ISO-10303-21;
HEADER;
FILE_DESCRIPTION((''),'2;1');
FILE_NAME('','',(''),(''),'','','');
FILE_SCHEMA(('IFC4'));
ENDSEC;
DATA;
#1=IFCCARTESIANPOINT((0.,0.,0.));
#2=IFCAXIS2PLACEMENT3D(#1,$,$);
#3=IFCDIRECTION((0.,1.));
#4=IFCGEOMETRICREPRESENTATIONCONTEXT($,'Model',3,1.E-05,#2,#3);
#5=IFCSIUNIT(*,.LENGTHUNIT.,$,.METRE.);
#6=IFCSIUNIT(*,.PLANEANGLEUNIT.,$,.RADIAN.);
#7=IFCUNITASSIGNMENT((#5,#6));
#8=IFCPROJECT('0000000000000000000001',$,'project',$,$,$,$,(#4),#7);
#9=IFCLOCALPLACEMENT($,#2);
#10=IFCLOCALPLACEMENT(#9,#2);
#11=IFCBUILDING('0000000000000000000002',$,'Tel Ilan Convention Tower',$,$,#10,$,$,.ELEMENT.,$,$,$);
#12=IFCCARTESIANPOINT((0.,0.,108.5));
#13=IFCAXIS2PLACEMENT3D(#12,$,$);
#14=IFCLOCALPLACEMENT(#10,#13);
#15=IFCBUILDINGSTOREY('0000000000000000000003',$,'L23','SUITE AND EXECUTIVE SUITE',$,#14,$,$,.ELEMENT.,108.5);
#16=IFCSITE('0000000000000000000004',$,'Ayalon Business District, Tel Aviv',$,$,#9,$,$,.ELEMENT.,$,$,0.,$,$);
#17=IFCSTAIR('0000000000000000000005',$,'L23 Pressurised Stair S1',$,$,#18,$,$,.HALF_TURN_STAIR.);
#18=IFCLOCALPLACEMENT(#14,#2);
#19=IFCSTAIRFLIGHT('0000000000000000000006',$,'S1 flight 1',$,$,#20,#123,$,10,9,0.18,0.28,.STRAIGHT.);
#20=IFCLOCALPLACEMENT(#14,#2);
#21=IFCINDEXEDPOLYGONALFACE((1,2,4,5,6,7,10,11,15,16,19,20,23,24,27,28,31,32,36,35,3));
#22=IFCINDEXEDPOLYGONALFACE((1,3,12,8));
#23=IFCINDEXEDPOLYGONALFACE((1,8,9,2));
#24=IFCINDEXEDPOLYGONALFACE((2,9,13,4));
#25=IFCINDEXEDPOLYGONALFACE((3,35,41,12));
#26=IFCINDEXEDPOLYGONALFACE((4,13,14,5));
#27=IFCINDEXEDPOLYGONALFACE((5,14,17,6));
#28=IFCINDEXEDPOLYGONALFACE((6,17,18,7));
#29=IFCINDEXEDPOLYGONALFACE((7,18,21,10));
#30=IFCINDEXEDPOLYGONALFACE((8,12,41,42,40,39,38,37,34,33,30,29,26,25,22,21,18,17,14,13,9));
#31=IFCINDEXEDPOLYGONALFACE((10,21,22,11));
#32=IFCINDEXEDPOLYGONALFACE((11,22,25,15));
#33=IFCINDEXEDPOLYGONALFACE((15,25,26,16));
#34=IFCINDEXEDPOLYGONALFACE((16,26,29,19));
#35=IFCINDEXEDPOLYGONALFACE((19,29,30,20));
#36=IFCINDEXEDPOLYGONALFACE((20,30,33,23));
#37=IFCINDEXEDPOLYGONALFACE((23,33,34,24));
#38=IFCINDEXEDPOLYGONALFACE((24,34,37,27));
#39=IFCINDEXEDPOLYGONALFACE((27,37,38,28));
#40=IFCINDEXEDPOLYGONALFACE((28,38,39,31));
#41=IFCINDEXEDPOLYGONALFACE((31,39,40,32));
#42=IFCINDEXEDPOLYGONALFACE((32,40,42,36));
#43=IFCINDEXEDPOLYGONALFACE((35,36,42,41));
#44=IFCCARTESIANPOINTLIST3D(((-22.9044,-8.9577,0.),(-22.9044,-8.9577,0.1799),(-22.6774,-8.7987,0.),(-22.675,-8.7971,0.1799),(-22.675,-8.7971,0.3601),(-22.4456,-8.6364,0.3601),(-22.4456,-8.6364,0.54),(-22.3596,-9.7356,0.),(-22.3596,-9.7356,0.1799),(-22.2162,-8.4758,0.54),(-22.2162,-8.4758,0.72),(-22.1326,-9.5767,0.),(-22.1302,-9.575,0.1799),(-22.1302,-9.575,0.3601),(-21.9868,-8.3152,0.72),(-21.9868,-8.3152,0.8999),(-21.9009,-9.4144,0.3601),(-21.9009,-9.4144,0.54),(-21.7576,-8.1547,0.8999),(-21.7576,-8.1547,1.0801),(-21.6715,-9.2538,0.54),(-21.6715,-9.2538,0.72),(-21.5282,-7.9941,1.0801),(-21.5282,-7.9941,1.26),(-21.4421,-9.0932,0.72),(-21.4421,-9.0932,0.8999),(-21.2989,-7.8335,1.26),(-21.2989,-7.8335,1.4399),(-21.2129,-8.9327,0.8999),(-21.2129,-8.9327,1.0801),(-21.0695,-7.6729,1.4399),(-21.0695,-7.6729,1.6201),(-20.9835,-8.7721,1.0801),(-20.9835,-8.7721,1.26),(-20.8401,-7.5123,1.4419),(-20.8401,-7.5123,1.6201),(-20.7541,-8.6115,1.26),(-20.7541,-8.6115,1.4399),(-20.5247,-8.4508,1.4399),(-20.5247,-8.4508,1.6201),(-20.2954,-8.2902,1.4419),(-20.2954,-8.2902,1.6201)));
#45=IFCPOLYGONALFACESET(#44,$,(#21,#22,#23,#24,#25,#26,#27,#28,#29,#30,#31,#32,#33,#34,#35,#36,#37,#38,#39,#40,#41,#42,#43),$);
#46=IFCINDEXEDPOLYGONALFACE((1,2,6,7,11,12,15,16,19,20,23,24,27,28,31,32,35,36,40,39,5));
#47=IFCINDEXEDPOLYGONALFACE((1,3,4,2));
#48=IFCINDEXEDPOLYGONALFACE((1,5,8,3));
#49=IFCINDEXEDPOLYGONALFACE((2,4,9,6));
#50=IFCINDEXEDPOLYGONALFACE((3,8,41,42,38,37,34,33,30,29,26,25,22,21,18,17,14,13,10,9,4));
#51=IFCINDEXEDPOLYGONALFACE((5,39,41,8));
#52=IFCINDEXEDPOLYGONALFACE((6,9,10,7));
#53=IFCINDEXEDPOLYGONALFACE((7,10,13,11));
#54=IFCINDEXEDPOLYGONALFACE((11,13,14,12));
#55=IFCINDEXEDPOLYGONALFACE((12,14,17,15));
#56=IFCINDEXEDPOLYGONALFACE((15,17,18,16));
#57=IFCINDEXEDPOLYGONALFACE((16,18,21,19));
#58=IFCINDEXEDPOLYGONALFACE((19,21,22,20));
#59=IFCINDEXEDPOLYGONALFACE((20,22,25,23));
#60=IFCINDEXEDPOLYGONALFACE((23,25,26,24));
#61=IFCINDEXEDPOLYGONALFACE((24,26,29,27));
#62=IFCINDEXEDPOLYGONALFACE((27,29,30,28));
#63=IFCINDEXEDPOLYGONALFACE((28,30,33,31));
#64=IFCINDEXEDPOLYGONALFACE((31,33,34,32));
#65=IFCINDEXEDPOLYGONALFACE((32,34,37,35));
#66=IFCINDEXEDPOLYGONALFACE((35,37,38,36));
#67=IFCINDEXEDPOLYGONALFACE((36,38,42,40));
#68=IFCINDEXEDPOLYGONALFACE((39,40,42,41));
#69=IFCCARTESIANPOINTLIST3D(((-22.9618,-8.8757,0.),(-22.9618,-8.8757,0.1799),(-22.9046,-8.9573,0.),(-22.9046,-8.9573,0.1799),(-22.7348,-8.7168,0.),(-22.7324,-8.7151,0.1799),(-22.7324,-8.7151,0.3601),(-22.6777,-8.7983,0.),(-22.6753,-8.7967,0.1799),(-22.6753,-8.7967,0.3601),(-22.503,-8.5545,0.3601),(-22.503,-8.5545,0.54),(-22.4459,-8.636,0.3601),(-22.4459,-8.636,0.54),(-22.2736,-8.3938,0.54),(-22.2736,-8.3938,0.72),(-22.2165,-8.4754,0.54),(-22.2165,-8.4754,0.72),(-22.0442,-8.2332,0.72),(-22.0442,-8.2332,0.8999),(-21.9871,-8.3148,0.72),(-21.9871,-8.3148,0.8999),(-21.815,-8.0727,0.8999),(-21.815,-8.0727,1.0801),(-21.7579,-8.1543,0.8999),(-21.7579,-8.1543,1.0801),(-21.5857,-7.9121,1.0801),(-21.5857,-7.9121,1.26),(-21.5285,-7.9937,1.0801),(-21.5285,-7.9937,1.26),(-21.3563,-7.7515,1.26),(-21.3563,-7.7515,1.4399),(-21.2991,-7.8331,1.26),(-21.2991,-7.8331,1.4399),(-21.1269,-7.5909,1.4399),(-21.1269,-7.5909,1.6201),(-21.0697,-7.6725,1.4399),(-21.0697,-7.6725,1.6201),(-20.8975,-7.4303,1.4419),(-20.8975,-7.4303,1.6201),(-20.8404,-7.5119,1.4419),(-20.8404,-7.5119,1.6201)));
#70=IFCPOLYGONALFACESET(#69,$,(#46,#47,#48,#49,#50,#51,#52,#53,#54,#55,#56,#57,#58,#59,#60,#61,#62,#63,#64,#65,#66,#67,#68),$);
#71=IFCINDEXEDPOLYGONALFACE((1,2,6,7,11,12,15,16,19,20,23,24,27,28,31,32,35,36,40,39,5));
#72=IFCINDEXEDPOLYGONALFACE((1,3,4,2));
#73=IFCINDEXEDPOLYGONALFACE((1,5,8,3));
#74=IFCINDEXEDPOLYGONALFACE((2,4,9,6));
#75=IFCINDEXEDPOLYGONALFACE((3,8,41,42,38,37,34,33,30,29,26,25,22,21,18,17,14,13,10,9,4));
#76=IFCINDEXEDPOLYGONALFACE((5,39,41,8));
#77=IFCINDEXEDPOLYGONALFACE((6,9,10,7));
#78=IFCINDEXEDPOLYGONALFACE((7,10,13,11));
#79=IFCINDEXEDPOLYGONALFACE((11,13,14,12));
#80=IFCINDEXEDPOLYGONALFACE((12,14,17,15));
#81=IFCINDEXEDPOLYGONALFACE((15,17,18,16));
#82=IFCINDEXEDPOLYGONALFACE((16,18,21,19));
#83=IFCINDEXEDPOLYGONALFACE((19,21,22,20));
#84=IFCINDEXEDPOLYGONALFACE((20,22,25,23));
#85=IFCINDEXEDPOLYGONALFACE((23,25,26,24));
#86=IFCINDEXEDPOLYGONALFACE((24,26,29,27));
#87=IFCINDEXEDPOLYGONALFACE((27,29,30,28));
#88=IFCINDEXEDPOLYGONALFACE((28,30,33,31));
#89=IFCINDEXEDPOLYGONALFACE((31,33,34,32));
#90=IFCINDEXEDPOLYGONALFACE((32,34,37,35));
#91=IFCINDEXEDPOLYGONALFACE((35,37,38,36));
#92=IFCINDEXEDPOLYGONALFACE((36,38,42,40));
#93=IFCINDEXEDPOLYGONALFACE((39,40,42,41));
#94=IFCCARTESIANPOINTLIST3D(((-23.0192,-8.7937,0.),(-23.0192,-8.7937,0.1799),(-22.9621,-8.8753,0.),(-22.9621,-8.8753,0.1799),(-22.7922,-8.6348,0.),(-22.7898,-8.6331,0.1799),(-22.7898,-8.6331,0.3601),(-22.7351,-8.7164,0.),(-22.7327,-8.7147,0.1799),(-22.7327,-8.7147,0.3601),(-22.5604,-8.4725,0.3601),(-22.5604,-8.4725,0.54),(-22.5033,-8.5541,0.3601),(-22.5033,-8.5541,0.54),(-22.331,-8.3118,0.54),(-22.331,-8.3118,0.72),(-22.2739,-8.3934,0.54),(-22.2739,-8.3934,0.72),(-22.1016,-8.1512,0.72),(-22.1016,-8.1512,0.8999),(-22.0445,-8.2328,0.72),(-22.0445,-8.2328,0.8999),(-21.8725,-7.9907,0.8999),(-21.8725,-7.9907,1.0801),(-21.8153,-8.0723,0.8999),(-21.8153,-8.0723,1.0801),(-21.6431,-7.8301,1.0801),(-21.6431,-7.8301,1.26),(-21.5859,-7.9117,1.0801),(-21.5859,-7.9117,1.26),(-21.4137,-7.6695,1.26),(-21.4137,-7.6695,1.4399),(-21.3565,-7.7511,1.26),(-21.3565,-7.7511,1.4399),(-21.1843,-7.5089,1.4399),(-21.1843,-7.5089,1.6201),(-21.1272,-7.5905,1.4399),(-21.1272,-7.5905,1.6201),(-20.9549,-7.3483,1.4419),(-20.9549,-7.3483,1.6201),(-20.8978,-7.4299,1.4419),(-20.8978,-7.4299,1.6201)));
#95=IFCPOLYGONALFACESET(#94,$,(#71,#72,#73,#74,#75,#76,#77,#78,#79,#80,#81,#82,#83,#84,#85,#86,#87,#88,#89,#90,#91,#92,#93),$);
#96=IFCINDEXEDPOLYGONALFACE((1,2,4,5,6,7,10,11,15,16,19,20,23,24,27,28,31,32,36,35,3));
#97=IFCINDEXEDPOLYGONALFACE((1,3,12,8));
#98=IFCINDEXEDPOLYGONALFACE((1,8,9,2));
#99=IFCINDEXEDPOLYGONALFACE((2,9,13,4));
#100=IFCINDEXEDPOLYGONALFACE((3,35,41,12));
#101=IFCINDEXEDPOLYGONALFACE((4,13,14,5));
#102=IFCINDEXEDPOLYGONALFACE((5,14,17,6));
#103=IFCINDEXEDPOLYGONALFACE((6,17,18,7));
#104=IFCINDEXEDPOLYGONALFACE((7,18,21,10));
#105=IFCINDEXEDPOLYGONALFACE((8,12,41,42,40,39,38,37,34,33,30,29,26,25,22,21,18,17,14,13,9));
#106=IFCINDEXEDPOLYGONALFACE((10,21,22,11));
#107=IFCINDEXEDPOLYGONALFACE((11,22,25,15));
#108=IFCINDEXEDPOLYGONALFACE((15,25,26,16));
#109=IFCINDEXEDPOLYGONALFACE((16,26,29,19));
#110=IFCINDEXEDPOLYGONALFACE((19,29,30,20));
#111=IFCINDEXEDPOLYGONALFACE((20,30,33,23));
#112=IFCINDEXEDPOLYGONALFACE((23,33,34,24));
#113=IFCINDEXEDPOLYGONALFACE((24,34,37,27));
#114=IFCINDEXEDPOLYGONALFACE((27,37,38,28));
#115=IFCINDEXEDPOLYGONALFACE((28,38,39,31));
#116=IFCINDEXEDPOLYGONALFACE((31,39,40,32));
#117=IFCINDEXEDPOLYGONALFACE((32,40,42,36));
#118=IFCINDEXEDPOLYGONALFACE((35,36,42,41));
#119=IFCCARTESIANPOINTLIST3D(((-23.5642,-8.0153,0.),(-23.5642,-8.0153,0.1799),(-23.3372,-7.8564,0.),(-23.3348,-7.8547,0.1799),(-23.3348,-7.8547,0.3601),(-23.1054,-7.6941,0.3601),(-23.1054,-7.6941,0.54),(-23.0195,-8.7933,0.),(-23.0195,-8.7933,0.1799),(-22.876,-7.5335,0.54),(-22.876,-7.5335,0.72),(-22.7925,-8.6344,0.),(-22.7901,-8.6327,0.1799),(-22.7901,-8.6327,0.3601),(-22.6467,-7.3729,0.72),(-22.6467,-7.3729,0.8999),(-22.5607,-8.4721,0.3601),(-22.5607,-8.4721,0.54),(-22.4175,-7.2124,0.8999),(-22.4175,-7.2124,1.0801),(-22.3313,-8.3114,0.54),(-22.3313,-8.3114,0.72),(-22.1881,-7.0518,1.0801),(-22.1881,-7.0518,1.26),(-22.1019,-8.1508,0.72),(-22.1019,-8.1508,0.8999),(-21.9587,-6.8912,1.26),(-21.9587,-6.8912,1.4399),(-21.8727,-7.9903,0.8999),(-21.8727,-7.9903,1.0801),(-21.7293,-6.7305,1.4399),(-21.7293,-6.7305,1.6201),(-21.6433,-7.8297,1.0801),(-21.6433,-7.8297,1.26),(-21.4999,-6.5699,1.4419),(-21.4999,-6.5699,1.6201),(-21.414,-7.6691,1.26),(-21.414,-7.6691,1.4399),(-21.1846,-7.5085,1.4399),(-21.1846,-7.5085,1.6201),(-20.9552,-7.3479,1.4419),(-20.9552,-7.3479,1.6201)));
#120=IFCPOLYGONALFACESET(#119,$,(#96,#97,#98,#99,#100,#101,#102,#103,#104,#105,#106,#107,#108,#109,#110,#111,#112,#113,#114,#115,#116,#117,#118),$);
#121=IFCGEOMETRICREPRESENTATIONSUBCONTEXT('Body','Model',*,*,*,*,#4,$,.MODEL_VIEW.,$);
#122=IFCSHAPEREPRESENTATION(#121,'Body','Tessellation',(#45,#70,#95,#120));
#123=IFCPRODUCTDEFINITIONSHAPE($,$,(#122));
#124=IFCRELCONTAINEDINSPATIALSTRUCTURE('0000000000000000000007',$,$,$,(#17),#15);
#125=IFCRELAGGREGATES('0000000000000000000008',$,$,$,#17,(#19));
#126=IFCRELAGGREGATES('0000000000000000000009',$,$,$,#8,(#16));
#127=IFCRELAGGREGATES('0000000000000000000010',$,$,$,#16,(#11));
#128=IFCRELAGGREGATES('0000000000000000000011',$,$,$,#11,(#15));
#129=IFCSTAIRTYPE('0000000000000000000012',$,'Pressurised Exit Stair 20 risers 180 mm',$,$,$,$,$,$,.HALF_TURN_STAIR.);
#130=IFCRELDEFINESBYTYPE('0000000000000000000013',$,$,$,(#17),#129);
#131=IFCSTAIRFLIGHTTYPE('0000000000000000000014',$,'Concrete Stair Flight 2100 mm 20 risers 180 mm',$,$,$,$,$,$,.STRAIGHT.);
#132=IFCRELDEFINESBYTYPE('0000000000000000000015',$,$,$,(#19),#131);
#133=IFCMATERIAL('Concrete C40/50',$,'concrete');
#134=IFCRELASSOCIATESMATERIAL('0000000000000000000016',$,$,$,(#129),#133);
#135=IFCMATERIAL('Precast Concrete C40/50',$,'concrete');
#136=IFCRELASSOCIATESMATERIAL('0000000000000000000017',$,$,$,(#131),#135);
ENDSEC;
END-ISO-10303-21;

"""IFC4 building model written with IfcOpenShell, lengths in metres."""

from ifc_helpers import new_model, si_unit, direction, frame, origin, place, context, subcontext, project, spatial, polyline, outline, extrude, material, type_object, element, aggregate, save


model = new_model("IFC4")

# Units and contexts
model_context = context("Model", 3, precision=1e-05, world=origin(), true_north=direction((0.0, 1.0)))
body_context = subcontext(model_context, "Body", "Model", "MODEL_VIEW")
ifc_project = project(units=[si_unit("LENGTHUNIT", "METRE"), si_unit("PLANEANGLEUNIT", "RADIAN")], contexts=[model_context])

# Site, building, storey
site_placement = place(None, origin())
site = spatial("IfcSite", under=ifc_project, at=site_placement, Name="Ayalon Business District, Tel Aviv", CompositionType="ELEMENT", RefElevation=0.0)
building_placement = place(site_placement, origin())
building = spatial("IfcBuilding", under=site, at=building_placement, Name="Tel Ilan Convention Tower", CompositionType="ELEMENT")
storey_placement = place(building_placement, frame((0.0, 0.0, 108.5)))
storey = spatial("IfcBuildingStorey", under=building, at=storey_placement, Name="L23", Description="SUITE AND EXECUTIVE SUITE", CompositionType="ELEMENT", Elevation=108.5)

# Stair, stair flight
ifc_material_1 = material(Name="Concrete C40/50", Category="concrete")
stair_type = type_object("IfcStairType", Name="Pressurised Exit Stair 20 risers 180 mm", PredefinedType="HALF_TURN_STAIR", material=ifc_material_1)
stair_1_placement = place(storey_placement, origin())
stair_1 = element("IfcStair", 1, at=stair_1_placement, inside=storey, type_object=stair_type, Name="L23 Pressurised Stair S1", PredefinedType="HALF_TURN_STAIR")
ifc_material_2 = material(Name="Precast Concrete C40/50", Category="concrete")
stair_flight_type = type_object("IfcStairFlightType", Name="Concrete Stair Flight 2100 mm 20 risers 180 mm", PredefinedType="STRAIGHT", material=ifc_material_2)
stair_flight_1_placement = place(storey_placement, frame((-22.9619, -8.8755, 0.0), z_axis=(0.0, 0.0, 1.0), x_axis=(0.819152, 0.573576, 0.0)))
stair_flight_1 = element("IfcStairFlight", 2, at=stair_flight_1_placement, type_object=stair_flight_type, Name="S1 flight 1", NumberOfRisers=10, NumberOfTreads=9, PredefinedType="STRAIGHT", RiserHeight=0.18, TreadLength=0.28, context=body_context, shape_type="SweptSolid", body=[
    extrude(outline(polyline([(0.0, 0.0), (0.0, 0.1799), (0.28, 0.1799), (0.28, 0.3601), (0.5601, 0.3601), (0.5601, 0.54), (0.8401, 0.54), (0.8401, 0.72), (1.1201, 0.72), (1.1201, 0.8999), (1.3999, 0.8999), (1.3999, 1.0801), (1.6799, 1.0801), (1.6799, 1.26), (1.96, 1.26), (1.96, 1.4399), (2.24, 1.4399), (2.24, 1.6201), (2.52, 1.6201), (2.52, 1.8), (2.52, 1.4419), (0.2771, 0.0), (0.0, 0.0)])), frame((0.0, -0.1003, 0.0), z_axis=(0.0, -1.0, 0.0), x_axis=(1.0, 0.0, 0.0)), (0.0, 0.0, 1.0), 0.9497),
    extrude(outline(polyline([(0.0, 0.0), (0.0, 0.1799), (0.28, 0.1799), (0.28, 0.3601), (0.5601, 0.3601), (0.5601, 0.54), (0.8401, 0.54), (0.8401, 0.72), (1.1201, 0.72), (1.1201, 0.8999), (1.3999, 0.8999), (1.3999, 1.0801), (1.6799, 1.0801), (1.6799, 1.26), (1.96, 1.26), (1.96, 1.4399), (2.24, 1.4399), (2.24, 1.6201), (2.52, 1.6201), (2.52, 1.8), (2.52, 1.4419), (0.2771, 0.0), (0.0, 0.0)])), frame((0.0, -0.0002, 0.0), z_axis=(0.0, -1.0, 0.0), x_axis=(1.0, 0.0, 0.0)), (0.0, 0.0, 1.0), 0.0996),
    extrude(outline(polyline([(0.0, 0.0), (0.0, 0.1799), (0.28, 0.1799), (0.28, 0.3601), (0.5601, 0.3601), (0.5601, 0.54), (0.8401, 0.54), (0.8401, 0.72), (1.1201, 0.72), (1.1201, 0.8999), (1.3999, 0.8999), (1.3999, 1.0801), (1.6799, 1.0801), (1.6799, 1.26), (1.96, 1.26), (1.96, 1.4399), (2.24, 1.4399), (2.24, 1.6201), (2.52, 1.6201), (2.52, 1.8), (2.52, 1.4419), (0.2771, 0.0), (0.0, 0.0)])), frame((0.0, 0.0999, 0.0), z_axis=(0.0, -1.0, 0.0), x_axis=(1.0, 0.0, 0.0)), (0.0, 0.0, 1.0), 0.0996),
    extrude(outline(polyline([(0.0, 0.0), (0.0, 0.1799), (0.28, 0.1799), (0.28, 0.3601), (0.5601, 0.3601), (0.5601, 0.54), (0.8401, 0.54), (0.8401, 0.72), (1.1201, 0.72), (1.1201, 0.8999), (1.3999, 0.8999), (1.3999, 1.0801), (1.6799, 1.0801), (1.6799, 1.26), (1.96, 1.26), (1.96, 1.4399), (2.24, 1.4399), (2.24, 1.6201), (2.52, 1.6201), (2.52, 1.8), (2.52, 1.4419), (0.2771, 0.0), (0.0, 0.0)])), frame((0.0, 1.05, 0.0), z_axis=(0.0, -1.0, 0.0), x_axis=(1.0, 0.0, 0.0)), (0.0, 0.0, 1.0), 0.9497),
])
aggregate(stair_1, [stair_flight_1])

save(model, "model.ifc")
